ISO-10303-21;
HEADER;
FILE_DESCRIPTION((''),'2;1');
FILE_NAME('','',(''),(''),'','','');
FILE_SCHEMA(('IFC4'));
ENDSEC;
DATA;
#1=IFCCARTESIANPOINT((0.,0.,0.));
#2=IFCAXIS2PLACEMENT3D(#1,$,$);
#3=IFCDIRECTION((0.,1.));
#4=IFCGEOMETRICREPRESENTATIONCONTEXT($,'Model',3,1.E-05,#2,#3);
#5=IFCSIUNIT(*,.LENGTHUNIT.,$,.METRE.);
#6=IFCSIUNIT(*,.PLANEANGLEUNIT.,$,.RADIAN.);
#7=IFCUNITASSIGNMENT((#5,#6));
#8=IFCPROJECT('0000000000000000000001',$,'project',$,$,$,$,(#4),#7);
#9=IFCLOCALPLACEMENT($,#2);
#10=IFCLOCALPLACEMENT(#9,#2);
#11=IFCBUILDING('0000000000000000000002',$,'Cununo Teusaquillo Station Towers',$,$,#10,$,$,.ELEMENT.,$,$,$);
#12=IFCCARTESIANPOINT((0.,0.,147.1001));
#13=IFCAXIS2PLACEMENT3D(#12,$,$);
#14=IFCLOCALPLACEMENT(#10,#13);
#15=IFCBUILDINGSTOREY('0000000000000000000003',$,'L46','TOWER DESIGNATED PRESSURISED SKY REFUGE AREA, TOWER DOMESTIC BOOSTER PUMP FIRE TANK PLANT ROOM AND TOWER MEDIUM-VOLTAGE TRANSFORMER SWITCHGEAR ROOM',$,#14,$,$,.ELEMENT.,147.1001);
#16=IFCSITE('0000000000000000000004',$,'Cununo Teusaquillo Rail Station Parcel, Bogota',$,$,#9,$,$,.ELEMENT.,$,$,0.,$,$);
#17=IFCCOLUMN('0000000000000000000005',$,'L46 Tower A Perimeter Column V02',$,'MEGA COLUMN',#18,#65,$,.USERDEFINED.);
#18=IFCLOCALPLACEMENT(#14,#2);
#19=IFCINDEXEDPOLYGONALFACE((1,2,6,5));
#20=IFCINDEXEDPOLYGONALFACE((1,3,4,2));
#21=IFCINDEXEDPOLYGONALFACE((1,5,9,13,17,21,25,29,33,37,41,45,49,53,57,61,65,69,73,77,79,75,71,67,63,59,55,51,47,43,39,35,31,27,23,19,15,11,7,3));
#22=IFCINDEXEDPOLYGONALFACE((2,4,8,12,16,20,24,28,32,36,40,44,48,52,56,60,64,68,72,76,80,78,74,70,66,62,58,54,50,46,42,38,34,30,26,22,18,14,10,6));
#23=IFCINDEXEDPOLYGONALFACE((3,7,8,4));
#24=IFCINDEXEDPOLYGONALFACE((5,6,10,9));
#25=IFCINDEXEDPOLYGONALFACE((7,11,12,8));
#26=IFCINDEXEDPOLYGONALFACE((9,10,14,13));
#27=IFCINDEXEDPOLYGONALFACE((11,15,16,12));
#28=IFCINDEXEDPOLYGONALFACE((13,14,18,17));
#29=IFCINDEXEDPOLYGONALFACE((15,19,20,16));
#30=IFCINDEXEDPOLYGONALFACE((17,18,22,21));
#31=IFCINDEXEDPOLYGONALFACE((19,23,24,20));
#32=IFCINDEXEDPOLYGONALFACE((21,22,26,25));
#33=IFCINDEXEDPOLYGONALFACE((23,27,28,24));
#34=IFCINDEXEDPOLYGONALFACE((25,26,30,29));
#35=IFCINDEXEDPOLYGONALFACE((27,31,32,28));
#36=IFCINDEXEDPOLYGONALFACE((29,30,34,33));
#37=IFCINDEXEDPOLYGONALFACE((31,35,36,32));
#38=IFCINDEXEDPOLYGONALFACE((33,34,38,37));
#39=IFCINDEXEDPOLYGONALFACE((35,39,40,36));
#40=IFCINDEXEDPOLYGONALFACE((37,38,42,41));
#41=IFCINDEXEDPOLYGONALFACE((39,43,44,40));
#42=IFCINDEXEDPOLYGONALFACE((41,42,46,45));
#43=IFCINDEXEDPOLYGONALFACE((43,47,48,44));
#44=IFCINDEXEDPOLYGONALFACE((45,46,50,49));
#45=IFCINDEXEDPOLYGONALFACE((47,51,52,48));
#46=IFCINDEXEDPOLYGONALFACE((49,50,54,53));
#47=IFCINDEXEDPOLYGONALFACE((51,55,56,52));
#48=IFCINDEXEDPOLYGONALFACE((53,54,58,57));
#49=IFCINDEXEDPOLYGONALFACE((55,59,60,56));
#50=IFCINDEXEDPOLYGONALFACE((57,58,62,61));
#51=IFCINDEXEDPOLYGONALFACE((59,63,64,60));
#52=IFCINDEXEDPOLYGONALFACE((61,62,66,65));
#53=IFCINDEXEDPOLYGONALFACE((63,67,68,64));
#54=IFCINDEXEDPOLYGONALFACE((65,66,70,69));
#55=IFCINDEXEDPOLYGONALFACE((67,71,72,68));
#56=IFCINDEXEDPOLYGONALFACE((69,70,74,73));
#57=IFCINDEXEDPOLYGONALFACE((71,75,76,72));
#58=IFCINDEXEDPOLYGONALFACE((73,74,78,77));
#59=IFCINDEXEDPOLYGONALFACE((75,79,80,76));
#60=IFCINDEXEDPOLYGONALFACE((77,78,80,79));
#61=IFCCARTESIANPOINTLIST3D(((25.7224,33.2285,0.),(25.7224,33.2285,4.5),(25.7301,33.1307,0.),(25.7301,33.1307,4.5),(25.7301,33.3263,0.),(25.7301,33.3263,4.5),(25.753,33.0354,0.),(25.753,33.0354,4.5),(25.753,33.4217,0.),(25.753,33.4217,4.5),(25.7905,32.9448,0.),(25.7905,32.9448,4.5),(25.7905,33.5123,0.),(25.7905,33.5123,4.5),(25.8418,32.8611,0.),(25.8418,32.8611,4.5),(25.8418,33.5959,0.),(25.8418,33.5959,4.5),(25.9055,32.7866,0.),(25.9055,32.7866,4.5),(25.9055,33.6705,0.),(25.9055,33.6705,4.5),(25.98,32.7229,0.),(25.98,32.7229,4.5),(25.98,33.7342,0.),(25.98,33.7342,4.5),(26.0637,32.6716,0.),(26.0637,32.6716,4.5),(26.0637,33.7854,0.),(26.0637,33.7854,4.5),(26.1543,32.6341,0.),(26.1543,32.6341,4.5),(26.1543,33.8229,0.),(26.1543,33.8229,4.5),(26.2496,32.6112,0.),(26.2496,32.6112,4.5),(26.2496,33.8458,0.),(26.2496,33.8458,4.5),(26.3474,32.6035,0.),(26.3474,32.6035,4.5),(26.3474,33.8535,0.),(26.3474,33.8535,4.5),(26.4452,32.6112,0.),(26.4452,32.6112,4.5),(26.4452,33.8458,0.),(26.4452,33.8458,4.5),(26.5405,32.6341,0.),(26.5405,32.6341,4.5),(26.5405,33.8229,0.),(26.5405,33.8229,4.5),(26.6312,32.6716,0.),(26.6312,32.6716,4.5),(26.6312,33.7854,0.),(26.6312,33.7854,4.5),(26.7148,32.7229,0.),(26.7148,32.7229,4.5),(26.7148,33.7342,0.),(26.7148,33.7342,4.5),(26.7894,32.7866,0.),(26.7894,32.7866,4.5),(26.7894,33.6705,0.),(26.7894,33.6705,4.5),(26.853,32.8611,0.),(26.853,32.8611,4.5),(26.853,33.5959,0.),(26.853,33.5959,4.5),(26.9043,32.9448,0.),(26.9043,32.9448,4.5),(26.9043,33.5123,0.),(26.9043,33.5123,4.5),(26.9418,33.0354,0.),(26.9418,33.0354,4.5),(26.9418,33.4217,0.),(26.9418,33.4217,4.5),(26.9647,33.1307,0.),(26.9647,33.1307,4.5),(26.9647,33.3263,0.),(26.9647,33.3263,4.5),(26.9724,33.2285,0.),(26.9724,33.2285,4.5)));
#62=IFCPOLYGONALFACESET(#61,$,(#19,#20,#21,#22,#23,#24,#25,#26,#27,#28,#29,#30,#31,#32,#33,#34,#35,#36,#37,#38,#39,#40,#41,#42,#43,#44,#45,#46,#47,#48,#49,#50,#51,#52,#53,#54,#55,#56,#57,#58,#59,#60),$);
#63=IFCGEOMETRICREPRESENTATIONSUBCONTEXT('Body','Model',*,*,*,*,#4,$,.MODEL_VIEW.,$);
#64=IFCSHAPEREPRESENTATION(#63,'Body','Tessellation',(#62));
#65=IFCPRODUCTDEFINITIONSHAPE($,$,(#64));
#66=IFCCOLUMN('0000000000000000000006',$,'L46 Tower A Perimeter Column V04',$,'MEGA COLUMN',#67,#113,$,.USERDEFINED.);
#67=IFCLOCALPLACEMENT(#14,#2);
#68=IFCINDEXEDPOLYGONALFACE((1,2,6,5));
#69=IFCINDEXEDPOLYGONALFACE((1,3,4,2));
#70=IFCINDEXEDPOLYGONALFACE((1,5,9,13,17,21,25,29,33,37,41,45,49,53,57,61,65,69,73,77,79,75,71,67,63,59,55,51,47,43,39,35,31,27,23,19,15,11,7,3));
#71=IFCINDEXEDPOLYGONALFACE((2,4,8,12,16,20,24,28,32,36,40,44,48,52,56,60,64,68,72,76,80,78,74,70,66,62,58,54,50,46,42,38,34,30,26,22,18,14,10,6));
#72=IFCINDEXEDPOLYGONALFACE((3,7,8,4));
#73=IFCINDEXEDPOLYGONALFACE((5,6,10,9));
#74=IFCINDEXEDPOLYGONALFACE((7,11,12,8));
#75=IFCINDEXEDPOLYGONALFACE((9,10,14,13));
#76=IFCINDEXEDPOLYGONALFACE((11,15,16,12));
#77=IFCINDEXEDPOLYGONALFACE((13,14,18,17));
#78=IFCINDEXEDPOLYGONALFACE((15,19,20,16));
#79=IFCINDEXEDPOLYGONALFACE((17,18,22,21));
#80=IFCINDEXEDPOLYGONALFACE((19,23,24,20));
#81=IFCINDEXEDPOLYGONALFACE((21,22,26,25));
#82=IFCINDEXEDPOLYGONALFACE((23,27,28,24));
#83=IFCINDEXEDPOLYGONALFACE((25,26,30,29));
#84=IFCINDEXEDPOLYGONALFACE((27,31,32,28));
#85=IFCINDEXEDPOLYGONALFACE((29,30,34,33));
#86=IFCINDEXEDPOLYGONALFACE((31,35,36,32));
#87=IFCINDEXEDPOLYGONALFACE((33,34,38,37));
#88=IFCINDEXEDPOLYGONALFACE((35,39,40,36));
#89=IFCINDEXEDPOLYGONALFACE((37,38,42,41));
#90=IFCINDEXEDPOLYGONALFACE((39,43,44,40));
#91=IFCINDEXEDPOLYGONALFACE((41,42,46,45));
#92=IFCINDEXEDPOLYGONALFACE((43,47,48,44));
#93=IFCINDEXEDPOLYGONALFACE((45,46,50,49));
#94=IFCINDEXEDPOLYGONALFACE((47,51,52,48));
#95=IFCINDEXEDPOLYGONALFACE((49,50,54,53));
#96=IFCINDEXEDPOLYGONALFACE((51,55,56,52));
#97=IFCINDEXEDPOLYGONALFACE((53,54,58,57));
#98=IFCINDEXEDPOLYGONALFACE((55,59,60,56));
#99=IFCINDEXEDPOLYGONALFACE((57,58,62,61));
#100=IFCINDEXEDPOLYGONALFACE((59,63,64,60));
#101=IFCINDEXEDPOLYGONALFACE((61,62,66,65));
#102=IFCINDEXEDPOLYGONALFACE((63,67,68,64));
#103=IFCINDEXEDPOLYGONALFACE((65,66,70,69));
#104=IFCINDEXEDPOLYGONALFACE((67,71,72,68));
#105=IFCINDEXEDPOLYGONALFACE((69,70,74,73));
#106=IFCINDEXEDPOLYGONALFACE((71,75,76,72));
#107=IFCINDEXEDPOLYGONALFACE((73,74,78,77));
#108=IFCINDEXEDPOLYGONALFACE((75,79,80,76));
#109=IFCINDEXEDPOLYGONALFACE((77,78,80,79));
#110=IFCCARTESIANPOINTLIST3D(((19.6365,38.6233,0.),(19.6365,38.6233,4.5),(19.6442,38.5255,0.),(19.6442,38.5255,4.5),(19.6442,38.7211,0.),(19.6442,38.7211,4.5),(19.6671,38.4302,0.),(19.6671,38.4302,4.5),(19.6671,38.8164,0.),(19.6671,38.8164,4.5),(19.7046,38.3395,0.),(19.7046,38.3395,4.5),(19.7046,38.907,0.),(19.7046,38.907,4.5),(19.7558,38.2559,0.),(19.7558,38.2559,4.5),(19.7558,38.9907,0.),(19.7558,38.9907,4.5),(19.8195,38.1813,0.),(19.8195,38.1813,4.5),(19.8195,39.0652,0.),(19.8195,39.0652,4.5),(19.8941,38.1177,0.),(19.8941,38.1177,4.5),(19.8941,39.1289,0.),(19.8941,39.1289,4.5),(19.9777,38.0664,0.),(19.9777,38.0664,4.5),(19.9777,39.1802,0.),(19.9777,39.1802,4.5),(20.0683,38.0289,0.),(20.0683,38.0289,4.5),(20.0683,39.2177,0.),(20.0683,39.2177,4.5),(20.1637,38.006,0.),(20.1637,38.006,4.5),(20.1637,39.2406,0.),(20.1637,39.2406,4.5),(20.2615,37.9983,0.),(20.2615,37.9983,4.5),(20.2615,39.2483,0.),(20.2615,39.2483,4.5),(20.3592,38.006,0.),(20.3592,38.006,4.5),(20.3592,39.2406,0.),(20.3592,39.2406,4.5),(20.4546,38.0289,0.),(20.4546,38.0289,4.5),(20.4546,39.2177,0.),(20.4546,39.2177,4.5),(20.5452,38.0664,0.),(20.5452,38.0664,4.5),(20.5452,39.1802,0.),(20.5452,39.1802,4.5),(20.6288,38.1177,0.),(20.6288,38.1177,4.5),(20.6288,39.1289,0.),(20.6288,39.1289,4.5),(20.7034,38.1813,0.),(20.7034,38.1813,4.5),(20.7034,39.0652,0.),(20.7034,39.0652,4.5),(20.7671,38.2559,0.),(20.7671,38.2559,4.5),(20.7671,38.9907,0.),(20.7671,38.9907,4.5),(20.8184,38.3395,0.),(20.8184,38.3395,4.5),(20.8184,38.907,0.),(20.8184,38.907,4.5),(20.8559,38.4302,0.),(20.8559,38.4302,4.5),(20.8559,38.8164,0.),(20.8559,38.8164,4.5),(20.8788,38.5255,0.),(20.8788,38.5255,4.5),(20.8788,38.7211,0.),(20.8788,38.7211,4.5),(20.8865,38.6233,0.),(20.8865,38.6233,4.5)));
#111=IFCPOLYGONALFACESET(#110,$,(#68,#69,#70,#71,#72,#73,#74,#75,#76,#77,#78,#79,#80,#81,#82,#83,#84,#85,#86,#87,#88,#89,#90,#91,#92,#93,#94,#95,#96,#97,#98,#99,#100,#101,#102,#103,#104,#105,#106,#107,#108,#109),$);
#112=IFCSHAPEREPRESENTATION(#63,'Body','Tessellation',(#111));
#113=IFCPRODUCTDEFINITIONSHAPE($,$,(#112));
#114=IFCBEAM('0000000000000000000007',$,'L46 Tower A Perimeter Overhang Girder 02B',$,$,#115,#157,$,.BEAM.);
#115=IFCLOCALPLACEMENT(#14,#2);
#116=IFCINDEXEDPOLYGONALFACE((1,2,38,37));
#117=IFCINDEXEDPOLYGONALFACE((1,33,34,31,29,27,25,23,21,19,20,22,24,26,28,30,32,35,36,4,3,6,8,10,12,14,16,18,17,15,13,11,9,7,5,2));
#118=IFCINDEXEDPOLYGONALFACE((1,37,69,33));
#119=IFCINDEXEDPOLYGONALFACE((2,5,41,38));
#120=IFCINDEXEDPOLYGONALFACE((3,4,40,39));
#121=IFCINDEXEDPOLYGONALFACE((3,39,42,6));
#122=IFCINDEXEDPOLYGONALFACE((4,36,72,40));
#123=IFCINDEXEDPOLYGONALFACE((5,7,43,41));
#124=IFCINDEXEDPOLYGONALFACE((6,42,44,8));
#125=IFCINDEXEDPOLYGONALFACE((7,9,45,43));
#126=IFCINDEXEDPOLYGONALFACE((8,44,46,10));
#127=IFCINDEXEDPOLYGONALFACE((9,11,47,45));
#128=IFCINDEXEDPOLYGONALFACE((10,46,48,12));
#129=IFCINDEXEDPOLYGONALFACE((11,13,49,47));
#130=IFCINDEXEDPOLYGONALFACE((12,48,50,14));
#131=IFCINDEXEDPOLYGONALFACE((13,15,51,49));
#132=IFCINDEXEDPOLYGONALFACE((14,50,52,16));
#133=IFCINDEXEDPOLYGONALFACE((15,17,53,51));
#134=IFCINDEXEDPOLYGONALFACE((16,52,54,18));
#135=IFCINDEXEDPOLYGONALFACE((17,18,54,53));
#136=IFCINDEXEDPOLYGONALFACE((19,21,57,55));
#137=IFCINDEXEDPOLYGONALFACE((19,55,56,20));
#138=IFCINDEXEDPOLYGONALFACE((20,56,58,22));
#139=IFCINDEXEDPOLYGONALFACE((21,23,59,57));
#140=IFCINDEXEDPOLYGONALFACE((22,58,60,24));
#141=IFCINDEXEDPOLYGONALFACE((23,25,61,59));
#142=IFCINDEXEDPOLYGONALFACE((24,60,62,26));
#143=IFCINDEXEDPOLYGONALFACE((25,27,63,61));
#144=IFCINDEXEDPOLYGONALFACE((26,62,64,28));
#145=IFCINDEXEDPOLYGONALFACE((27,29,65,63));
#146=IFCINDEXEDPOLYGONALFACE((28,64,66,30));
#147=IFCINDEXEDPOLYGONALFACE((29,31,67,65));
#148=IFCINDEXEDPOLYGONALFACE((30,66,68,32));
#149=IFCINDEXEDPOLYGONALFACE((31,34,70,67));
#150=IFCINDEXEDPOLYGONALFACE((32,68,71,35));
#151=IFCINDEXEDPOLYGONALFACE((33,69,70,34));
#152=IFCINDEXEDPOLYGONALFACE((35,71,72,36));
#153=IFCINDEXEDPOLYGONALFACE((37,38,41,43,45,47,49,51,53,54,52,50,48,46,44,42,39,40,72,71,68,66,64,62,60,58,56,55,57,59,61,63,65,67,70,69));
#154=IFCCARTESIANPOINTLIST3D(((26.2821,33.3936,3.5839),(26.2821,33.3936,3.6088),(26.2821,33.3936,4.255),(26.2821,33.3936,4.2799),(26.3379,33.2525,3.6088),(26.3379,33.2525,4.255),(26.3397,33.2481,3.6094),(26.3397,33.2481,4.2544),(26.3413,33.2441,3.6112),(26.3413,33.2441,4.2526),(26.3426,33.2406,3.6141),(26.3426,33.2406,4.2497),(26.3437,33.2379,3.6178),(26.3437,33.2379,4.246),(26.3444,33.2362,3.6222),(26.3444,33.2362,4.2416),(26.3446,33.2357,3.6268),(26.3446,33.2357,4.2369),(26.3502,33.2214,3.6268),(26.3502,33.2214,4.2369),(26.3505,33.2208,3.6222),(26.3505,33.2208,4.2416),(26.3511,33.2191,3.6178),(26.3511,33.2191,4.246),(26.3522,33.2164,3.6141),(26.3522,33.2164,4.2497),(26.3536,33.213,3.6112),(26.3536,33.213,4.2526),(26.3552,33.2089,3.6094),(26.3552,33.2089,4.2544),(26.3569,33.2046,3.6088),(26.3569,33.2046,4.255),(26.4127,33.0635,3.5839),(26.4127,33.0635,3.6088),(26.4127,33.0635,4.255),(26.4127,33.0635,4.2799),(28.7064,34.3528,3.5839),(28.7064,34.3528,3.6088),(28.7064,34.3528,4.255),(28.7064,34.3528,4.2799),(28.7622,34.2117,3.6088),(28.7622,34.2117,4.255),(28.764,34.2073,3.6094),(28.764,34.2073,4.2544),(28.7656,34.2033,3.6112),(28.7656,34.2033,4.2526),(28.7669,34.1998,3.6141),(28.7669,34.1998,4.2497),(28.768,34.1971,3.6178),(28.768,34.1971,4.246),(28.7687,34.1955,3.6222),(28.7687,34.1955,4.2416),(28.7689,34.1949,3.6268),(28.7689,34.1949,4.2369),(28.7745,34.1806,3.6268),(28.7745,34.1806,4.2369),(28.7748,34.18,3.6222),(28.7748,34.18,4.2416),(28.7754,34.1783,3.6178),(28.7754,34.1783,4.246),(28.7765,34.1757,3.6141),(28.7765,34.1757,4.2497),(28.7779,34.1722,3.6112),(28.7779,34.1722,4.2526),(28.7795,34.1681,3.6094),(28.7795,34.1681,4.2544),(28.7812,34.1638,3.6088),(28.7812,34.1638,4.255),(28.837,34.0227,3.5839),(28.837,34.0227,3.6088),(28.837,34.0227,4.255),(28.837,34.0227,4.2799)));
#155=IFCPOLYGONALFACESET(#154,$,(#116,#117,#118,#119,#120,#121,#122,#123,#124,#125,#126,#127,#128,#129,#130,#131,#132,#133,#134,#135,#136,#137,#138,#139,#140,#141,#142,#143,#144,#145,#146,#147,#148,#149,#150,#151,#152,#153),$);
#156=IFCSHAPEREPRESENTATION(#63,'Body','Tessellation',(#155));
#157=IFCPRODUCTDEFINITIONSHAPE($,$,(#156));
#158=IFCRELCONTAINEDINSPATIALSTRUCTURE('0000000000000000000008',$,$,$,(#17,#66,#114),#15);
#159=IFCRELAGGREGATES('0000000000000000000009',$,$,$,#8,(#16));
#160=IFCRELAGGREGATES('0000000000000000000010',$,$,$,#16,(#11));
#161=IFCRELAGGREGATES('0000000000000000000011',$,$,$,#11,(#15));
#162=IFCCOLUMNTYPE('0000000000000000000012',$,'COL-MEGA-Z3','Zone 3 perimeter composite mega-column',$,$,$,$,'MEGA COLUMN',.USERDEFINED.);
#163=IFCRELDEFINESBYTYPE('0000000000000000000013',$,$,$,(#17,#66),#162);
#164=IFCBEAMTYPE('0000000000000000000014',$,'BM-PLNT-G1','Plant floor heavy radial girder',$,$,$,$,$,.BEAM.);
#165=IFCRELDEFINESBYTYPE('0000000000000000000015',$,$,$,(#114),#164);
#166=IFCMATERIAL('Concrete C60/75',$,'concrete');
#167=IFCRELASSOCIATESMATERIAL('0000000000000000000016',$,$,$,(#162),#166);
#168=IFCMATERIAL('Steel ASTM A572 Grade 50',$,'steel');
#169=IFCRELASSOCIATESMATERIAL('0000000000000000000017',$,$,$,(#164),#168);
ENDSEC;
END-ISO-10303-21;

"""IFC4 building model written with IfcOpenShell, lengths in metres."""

from ifc_helpers import new_model, si_unit, direction, frame, origin, origin_2d, place, context, subcontext, project, spatial, circle, i_section, extrude, material, material_profile, profile_set, type_object, element, save


model = new_model("IFC4")

# Units and contexts
model_context = context("Model", 3, precision=1e-05, world=origin(), true_north=direction((0.0, 1.0)))
body_context = subcontext(model_context, "Body", "Model", "MODEL_VIEW")
ifc_project = project(units=[si_unit("LENGTHUNIT", "METRE"), si_unit("PLANEANGLEUNIT", "RADIAN")], contexts=[model_context])

# Site, building, storey
site_placement = place(None, origin())
site = spatial("IfcSite", under=ifc_project, at=site_placement, Name="Cununo Teusaquillo Rail Station Parcel, Bogota", CompositionType="ELEMENT", RefElevation=0.0)
building_placement = place(site_placement, origin())
building = spatial("IfcBuilding", under=site, at=building_placement, Name="Cununo Teusaquillo Station Towers", CompositionType="ELEMENT")
storey_placement = place(building_placement, frame((0.0, 0.0, 147.1001)))
storey = spatial("IfcBuildingStorey", under=building, at=storey_placement, Name="L46", Description="TOWER DESIGNATED PRESSURISED SKY REFUGE AREA, TOWER DOMESTIC BOOSTER PUMP FIRE TANK PLANT ROOM AND TOWER MEDIUM-VOLTAGE TRANSFORMER SWITCHGEAR ROOM", CompositionType="ELEMENT", Elevation=147.1001)

# Columns
ifc_material_1 = material(Name="Concrete C60/75", Category="concrete")
ifc_material_profile_1 = material_profile(ifc_material_1, circle(Radius=0.625, at=origin_2d()), Name="RC-CIRC-1250")
ifc_profile_set_1 = profile_set([ifc_material_profile_1], Name="Concrete C60/75")
column_type = type_object("IfcColumnType", Name="COL-MEGA-Z3", Description="Zone 3 perimeter composite mega-column", ElementType="MEGA COLUMN", PredefinedType="USERDEFINED", material=ifc_profile_set_1)
for number, where, z_axis, x_axis, name in (
    (1, (26.3474, 33.2285, 0.0), (0.0, 0.0, 1.0), (1.0, 0.0, 0.0), "L46 Tower A Perimeter Column V02"),
    (2, (20.2615, 38.6233, 0.0), (0.0, 0.0, 1.0), (1.0, 0.0, 0.0), "L46 Tower A Perimeter Column V04"),
):
    element("IfcColumn", number, at=place(storey_placement, frame(where, z_axis=z_axis, x_axis=x_axis)), inside=storey, type_object=column_type, Name=name, ObjectType="MEGA COLUMN", PredefinedType="USERDEFINED", context=body_context, shape_type="SweptSolid", body=[
        extrude(circle(Radius=0.625, at=origin_2d()), origin(), (0.0, 0.0, 1.0), 4.5),
    ])

# Beam
ifc_material_2 = material(Name="Steel ASTM A572 Grade 50", Category="steel")
ifc_material_profile_2 = material_profile(ifc_material_2, i_section(OverallWidth=0.355, OverallDepth=0.696, WebThickness=0.0154, FlangeThickness=0.0249, FilletRadius=0.0181, at=origin_2d()), Name="W27X146")
ifc_profile_set_2 = profile_set([ifc_material_profile_2], Name="Steel ASTM A572 Grade 50")
beam_type_1 = type_object("IfcBeamType", Name="BM-PLNT-G1", Description="Plant floor heavy radial girder", PredefinedType="BEAM", material=ifc_profile_set_2)
beam_1_placement = place(storey_placement, frame((26.3474, 33.2285, 3.9319), z_axis=(0.929859, 0.367917, 0.0), x_axis=(-0.367917, 0.929859, 0.0)))
element("IfcBeam", 3, at=beam_1_placement, inside=storey, type_object=beam_type_1, Name="L46 Tower A Perimeter Overhang Girder 02B", PredefinedType="BEAM", context=body_context, shape_type="SweptSolid", body=[
    extrude(i_section(OverallWidth=0.355, OverallDepth=0.696, WebThickness=0.0154, FlangeThickness=0.0249, FilletRadius=0.0181, at=origin_2d()), origin(), (0.0, 0.0, 1.0), 2.6072),
])

save(model, "model.ifc")
